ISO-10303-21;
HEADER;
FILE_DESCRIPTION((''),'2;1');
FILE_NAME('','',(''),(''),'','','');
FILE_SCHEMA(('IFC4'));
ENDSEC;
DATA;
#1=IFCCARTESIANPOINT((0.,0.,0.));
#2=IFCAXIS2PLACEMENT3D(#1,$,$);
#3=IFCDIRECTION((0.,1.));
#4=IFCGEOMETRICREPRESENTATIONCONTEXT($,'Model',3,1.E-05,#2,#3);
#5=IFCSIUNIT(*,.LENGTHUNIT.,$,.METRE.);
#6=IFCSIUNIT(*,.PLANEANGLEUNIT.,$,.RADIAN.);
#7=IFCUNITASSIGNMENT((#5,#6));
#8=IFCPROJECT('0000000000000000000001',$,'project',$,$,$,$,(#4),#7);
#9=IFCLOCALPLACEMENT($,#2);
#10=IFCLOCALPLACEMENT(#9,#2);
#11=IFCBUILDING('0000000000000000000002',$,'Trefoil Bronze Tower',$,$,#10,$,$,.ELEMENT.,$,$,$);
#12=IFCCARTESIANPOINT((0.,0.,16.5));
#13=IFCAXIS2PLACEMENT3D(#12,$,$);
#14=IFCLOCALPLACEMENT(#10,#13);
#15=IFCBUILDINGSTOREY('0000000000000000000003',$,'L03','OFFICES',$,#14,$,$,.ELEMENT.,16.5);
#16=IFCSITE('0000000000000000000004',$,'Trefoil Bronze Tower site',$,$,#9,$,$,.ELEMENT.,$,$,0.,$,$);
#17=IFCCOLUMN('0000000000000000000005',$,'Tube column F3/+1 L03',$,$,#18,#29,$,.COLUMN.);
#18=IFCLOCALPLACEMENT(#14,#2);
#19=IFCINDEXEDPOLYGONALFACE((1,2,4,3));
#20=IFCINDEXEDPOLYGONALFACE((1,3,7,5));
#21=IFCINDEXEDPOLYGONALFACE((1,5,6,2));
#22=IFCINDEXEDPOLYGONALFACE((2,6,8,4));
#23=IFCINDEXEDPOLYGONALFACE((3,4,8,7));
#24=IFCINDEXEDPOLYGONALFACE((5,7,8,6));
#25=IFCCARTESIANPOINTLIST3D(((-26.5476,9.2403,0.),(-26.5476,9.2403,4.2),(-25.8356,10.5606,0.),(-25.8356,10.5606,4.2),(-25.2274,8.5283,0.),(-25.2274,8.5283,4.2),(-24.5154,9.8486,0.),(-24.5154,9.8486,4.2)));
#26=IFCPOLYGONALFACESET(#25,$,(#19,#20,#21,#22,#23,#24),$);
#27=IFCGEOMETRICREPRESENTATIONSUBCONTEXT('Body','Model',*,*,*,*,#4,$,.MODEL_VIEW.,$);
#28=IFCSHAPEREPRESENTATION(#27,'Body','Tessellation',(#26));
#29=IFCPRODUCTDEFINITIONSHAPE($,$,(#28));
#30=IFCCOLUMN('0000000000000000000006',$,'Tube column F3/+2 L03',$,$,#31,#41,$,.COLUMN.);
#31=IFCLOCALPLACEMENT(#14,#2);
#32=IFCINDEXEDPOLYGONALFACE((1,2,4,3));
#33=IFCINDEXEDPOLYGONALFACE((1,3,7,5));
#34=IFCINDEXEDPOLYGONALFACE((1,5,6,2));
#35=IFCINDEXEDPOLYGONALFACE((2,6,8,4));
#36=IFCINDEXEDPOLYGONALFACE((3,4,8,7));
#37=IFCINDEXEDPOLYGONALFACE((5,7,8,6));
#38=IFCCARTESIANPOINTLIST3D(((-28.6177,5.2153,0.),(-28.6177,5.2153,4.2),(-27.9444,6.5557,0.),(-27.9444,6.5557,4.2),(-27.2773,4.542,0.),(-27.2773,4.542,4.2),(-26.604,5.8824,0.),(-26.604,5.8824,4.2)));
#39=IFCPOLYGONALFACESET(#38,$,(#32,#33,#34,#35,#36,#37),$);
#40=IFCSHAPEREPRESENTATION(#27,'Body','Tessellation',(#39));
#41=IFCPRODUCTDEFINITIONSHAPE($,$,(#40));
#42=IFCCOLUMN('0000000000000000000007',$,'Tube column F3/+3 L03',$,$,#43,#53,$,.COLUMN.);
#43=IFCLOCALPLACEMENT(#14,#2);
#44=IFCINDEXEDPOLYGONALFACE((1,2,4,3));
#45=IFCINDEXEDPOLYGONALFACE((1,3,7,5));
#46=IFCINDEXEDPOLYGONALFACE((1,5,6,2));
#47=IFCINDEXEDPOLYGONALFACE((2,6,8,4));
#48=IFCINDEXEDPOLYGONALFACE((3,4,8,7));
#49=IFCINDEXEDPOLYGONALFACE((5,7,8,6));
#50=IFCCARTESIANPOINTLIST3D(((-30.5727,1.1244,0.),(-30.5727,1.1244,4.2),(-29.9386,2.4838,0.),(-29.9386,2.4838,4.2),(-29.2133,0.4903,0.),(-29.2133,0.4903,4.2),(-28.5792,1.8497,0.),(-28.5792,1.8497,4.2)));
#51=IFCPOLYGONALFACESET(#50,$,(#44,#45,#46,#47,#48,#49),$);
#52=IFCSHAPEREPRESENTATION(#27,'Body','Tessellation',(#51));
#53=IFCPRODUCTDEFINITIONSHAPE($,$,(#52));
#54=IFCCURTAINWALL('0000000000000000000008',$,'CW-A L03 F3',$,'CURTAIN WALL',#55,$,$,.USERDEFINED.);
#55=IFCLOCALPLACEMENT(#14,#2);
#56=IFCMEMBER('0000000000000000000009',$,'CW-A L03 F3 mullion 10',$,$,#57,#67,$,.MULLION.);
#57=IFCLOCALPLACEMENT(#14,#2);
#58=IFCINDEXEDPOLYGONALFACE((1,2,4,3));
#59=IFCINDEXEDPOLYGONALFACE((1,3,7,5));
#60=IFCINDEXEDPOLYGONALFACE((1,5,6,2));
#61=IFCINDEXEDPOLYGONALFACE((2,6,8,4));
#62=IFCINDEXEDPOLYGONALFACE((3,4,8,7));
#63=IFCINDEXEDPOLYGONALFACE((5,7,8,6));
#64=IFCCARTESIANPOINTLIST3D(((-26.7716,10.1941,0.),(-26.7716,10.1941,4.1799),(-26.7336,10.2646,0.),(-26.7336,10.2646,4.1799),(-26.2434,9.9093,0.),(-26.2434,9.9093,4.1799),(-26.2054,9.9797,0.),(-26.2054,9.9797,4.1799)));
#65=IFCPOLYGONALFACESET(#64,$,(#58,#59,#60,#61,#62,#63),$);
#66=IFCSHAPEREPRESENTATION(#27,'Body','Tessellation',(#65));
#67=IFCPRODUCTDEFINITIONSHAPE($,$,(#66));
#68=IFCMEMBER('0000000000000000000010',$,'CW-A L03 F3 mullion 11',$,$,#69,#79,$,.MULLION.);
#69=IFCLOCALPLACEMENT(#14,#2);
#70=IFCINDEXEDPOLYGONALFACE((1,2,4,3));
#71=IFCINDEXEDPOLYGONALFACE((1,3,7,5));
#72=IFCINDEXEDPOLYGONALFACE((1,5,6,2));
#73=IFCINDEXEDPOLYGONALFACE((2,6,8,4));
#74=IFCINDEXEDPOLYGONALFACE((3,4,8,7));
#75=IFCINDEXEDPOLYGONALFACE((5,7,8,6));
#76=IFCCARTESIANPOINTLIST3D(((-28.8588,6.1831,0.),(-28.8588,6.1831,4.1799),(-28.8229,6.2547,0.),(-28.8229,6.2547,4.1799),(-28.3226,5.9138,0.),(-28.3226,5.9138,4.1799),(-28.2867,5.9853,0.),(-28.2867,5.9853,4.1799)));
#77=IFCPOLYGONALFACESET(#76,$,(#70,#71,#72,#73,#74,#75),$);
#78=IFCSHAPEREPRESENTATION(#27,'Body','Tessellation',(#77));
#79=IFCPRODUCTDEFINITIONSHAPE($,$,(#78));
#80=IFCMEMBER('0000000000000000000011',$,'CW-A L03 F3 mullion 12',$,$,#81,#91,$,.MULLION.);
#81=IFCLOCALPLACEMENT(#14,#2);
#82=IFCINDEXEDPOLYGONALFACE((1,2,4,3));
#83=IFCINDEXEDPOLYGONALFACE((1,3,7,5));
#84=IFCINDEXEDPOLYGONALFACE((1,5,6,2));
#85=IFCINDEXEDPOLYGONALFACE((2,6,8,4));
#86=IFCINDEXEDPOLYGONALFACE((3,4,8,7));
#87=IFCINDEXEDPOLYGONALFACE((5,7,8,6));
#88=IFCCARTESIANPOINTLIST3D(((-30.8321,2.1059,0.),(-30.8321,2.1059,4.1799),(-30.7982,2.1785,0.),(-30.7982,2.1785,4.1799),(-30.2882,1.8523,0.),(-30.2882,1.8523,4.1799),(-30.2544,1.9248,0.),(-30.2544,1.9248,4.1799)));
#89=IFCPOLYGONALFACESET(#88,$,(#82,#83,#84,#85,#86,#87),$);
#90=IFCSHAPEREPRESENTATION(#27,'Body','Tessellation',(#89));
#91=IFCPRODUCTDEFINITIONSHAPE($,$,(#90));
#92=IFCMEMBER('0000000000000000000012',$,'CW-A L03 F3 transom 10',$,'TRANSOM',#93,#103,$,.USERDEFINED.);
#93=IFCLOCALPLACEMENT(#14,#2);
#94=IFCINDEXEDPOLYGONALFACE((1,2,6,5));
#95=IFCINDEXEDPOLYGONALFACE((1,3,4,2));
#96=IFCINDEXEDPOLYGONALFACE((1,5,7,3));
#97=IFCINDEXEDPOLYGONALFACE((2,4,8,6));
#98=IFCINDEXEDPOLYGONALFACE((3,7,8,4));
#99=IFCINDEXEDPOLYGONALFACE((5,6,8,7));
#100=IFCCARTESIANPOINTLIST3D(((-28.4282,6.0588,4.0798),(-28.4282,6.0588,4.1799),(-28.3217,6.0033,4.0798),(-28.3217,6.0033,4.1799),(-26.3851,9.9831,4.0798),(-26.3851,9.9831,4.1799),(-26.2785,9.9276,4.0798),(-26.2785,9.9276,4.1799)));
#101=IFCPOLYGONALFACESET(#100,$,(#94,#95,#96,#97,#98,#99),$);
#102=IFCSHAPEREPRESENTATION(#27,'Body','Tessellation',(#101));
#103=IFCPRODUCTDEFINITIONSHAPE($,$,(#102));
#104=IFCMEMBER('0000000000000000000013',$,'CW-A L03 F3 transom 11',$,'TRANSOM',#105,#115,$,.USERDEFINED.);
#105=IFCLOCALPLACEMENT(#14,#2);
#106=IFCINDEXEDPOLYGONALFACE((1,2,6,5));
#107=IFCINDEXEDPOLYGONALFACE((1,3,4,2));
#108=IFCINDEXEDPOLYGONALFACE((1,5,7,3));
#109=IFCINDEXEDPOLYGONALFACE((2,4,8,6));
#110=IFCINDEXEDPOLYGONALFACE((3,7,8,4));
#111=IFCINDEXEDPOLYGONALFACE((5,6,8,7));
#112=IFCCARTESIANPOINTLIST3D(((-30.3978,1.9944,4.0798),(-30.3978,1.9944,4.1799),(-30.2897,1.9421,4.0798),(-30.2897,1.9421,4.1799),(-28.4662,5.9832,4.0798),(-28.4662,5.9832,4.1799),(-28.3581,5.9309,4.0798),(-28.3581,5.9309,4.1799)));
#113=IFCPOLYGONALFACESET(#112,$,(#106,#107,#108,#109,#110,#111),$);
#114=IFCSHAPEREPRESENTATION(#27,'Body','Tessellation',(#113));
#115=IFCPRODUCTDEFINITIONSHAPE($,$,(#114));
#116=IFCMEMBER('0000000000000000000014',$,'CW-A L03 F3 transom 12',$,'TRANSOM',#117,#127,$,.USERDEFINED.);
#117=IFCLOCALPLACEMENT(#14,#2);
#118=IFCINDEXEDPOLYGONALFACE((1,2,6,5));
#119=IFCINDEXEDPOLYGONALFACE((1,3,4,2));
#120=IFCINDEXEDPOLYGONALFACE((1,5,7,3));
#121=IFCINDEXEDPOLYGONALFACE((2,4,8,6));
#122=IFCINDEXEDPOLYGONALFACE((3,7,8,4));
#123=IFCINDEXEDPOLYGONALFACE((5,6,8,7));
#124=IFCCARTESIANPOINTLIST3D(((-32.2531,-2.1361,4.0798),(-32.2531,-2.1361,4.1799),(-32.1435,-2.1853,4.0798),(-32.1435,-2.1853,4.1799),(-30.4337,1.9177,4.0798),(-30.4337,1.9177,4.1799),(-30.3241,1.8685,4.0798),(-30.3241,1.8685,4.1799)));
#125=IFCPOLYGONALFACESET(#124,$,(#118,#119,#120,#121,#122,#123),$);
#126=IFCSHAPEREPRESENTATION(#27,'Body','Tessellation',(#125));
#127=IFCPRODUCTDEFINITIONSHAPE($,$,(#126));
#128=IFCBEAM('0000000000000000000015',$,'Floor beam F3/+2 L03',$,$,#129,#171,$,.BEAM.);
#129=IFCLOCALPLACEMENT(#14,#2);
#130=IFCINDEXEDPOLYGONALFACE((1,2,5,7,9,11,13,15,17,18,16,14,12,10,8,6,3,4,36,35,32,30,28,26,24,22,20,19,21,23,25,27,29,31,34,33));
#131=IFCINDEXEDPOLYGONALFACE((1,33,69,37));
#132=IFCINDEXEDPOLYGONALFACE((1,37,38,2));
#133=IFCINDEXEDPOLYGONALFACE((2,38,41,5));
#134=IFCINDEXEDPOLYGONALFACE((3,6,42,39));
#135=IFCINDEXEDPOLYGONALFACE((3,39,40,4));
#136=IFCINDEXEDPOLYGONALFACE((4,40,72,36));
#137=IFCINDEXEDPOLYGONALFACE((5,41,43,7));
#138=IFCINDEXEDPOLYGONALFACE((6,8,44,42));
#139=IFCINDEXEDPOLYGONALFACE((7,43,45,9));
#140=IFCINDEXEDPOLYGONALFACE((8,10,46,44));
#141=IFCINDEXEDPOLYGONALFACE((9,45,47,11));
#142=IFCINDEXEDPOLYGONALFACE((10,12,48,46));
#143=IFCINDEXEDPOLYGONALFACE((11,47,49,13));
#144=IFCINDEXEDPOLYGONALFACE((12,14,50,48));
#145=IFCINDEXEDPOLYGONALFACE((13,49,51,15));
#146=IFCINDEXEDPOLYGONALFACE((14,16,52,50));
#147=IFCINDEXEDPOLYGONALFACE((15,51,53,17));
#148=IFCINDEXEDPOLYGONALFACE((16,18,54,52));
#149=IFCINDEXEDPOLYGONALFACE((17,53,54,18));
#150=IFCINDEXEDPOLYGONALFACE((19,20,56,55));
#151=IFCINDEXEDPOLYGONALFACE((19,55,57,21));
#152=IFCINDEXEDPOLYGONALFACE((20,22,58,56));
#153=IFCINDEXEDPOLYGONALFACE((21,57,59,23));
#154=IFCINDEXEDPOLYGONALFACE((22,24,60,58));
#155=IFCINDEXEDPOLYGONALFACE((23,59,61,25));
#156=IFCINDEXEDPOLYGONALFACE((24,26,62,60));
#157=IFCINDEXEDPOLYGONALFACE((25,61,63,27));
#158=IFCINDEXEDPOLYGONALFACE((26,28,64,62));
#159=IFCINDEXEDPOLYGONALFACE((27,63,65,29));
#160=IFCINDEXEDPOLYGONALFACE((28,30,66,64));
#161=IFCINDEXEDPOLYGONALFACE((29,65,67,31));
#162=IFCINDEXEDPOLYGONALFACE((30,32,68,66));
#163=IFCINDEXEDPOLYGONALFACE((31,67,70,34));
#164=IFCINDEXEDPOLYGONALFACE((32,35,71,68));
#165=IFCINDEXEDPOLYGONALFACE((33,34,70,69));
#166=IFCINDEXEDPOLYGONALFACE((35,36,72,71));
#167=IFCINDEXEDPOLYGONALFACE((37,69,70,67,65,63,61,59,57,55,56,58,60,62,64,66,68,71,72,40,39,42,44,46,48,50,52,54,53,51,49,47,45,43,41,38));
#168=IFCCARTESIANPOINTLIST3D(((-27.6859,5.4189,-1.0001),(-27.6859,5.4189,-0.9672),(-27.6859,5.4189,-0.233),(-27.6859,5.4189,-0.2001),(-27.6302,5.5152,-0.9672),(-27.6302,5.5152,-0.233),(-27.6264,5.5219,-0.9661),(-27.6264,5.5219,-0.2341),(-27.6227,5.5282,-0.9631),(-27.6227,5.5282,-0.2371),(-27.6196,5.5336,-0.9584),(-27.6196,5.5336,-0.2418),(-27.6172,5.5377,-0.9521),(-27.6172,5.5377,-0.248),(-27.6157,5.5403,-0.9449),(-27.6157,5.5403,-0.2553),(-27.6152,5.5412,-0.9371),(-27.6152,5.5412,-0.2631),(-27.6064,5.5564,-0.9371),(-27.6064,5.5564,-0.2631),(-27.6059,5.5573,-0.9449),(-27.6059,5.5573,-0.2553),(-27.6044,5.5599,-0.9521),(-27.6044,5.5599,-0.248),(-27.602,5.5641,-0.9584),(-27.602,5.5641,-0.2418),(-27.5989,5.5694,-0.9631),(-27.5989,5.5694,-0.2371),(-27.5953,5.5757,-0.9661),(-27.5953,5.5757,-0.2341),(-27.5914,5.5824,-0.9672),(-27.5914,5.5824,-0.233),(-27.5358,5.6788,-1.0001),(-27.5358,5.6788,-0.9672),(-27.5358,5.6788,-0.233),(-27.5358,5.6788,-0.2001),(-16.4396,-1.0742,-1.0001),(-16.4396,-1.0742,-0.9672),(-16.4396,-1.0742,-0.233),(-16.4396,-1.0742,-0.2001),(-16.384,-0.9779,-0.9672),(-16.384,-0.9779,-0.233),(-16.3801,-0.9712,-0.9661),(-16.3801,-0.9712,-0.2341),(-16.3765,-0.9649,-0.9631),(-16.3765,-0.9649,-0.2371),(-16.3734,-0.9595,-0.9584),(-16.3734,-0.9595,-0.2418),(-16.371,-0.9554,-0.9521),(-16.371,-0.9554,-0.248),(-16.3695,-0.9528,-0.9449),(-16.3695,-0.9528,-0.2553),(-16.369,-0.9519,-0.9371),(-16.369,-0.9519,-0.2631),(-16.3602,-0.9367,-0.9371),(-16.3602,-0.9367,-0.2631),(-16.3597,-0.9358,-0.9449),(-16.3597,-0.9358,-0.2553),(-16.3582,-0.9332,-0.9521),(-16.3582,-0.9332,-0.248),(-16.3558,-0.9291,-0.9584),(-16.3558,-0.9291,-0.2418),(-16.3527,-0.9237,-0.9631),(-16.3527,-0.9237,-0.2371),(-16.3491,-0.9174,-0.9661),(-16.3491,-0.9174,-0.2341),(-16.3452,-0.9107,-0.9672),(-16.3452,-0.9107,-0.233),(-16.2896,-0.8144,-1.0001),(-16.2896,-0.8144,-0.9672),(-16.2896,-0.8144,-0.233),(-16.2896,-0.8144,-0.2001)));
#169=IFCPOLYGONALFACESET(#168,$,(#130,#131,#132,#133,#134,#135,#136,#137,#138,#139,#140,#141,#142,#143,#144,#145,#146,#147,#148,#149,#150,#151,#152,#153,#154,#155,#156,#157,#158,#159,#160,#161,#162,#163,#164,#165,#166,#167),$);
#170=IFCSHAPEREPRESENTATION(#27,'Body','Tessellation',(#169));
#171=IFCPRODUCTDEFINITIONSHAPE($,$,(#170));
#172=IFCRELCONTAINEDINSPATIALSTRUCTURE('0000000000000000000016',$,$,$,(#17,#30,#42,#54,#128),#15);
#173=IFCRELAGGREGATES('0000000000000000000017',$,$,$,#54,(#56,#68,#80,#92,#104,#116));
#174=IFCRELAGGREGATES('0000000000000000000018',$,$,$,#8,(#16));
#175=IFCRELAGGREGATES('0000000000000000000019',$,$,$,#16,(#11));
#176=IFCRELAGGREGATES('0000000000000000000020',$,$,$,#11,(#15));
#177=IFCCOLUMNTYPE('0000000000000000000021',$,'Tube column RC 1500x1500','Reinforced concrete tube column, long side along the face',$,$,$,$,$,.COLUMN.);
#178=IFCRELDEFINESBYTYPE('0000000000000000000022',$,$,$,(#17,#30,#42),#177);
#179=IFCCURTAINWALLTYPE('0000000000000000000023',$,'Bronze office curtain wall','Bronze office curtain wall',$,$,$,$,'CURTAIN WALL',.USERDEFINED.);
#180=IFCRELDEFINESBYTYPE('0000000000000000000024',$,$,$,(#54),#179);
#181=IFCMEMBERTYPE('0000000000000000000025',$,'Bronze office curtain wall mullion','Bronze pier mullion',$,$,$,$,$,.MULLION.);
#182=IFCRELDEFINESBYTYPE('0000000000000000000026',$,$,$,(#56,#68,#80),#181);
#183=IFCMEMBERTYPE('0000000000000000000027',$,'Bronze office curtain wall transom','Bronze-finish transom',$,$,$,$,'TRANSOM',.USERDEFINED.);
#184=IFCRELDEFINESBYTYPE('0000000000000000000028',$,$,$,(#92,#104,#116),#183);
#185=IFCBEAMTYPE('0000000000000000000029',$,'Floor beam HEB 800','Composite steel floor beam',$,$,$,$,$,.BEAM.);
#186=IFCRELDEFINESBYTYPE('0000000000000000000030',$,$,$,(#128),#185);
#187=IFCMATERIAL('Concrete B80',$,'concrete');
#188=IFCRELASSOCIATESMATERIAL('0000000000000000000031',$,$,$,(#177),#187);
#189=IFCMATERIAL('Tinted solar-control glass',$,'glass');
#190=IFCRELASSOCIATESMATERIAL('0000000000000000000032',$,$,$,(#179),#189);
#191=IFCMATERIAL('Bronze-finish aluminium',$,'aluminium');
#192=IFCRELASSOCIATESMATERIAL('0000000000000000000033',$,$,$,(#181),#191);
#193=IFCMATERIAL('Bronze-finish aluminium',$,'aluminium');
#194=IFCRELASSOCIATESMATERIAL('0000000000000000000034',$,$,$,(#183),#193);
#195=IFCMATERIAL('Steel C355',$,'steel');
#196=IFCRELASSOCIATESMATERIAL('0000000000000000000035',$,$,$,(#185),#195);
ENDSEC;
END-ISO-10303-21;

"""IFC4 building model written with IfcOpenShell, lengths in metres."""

from ifc_helpers import new_model, si_unit, direction, frame, origin, origin_2d, place, context, subcontext, project, spatial, rectangle, i_section, extrude, material, material_profile, profile_set, type_object, element, aggregate, save


model = new_model("IFC4")

# Units and contexts
model_context = context("Model", 3, precision=1e-05, world=origin(), true_north=direction((0.0, 1.0)))
body_context = subcontext(model_context, "Body", "Model", "MODEL_VIEW")
ifc_project = project(units=[si_unit("LENGTHUNIT", "METRE"), si_unit("PLANEANGLEUNIT", "RADIAN")], contexts=[model_context])

# Site, building, storey
site_placement = place(None, origin())
site = spatial("IfcSite", under=ifc_project, at=site_placement, Name="Trefoil Bronze Tower site", CompositionType="ELEMENT", RefElevation=0.0)
building_placement = place(site_placement, origin())
building = spatial("IfcBuilding", under=site, at=building_placement, Name="Trefoil Bronze Tower", CompositionType="ELEMENT")
storey_placement = place(building_placement, frame((0.0, 0.0, 16.5)))
storey = spatial("IfcBuildingStorey", under=building, at=storey_placement, Name="L03", Description="OFFICES", CompositionType="ELEMENT", Elevation=16.5)

# Columns
ifc_material_1 = material(Name="Concrete B80", Category="concrete")
ifc_material_profile_1 = material_profile(ifc_material_1, rectangle(XDim=1.5, YDim=1.5, at=origin_2d()), Name="RC 1500x1500")
ifc_profile_set_1 = profile_set([ifc_material_profile_1], Name="Concrete B80")
column_type = type_object("IfcColumnType", Name="Tube column RC 1500x1500", Description="Reinforced concrete tube column, long side along the face", PredefinedType="COLUMN", material=ifc_profile_set_1)
for number, where, z_axis, x_axis, name in (
    (1, (-25.5315, 9.5444, 0.0), (0.0, 0.0, 1.0), (-0.474656, -0.880171, 0.0), "Tube column F3/+1 L03"),
    (2, (-27.6108, 5.5488, 0.0), (0.0, 0.0, 1.0), (-0.44889, -0.893587, 0.0), "Tube column F3/+2 L03"),
    (3, (-29.5759, 1.4871, 0.0), (0.0, 0.0, 1.0), (-0.422701, -0.906269, 0.0), "Tube column F3/+3 L03"),
):
    element("IfcColumn", number, at=place(storey_placement, frame(where, z_axis=z_axis, x_axis=x_axis)), inside=storey, type_object=column_type, Name=name, PredefinedType="COLUMN", context=body_context, shape_type="SweptSolid", body=[
        extrude(rectangle(XDim=1.5, YDim=1.5, at=origin_2d()), origin(), (0.0, 0.0, 1.0), 4.2),
    ])

# Curtain wall, members
ifc_material_2 = material(Name="Tinted solar-control glass", Category="glass")
curtain_wall_type = type_object("IfcCurtainWallType", Name="Bronze office curtain wall", Description="Bronze office curtain wall", ElementType="CURTAIN WALL", PredefinedType="USERDEFINED", material=ifc_material_2)
curtain_wall_placement = place(storey_placement, origin())
curtain_wall = element("IfcCurtainWall", 4, at=curtain_wall_placement, inside=storey, type_object=curtain_wall_type, Name="CW-A L03 F3", ObjectType="CURTAIN WALL", PredefinedType="USERDEFINED")
ifc_material_3 = material(Name="Bronze-finish aluminium", Category="aluminium")
ifc_material_profile_2 = material_profile(ifc_material_3, rectangle(XDim=0.6001, YDim=0.0801, at=origin_2d()), Name="CW-A mullion")
ifc_profile_set_2 = profile_set([ifc_material_profile_2], Name="Bronze-finish aluminium")
member_type_1 = type_object("IfcMemberType", Name="Bronze office curtain wall mullion", Description="Bronze pier mullion", PredefinedType="MULLION", material=ifc_profile_set_2)
member_1_placement = place(storey_placement, frame((-26.4885, 10.0869, 0.0), z_axis=(0.0, 0.0, 1.0), x_axis=(0.880171, -0.474656, 0.0)))
member_1 = element("IfcMember", 5, at=member_1_placement, type_object=member_type_1, Name="CW-A L03 F3 mullion 10", PredefinedType="MULLION", context=body_context, shape_type="SweptSolid", body=[
    extrude(rectangle(XDim=0.6001, YDim=0.0801, at=origin_2d()), origin(), (0.0, 0.0, 1.0), 4.1799),
])
member_2_placement = place(storey_placement, frame((-28.5728, 6.0842, 0.0), z_axis=(0.0, 0.0, 1.0), x_axis=(0.893587, -0.44889, 0.0)))
member_2 = element("IfcMember", 6, at=member_2_placement, type_object=member_type_1, Name="CW-A L03 F3 mullion 11", PredefinedType="MULLION", context=body_context, shape_type="SweptSolid", body=[
    extrude(rectangle(XDim=0.6001, YDim=0.0801, at=origin_2d()), origin(), (0.0, 0.0, 1.0), 4.1799),
])
member_3_placement = place(storey_placement, frame((-30.5432, 2.0154, 0.0), z_axis=(0.0, 0.0, 1.0), x_axis=(0.906269, -0.422701, 0.0)))
member_3 = element("IfcMember", 7, at=member_3_placement, type_object=member_type_1, Name="CW-A L03 F3 mullion 12", PredefinedType="MULLION", context=body_context, shape_type="SweptSolid", body=[
    extrude(rectangle(XDim=0.6001, YDim=0.0801, at=origin_2d()), origin(), (0.0, 0.0, 1.0), 4.1799),
])
ifc_material_4 = material(Name="Bronze-finish aluminium", Category="aluminium")
ifc_material_profile_3 = material_profile(ifc_material_4, rectangle(XDim=0.1201, YDim=0.1001, at=origin_2d()), Name="CW-A transom")
ifc_profile_set_3 = profile_set([ifc_material_profile_3], Name="Bronze-finish aluminium")
member_type_2 = type_object("IfcMemberType", Name="Bronze office curtain wall transom", Description="Bronze-finish transom", ElementType="TRANSOM", PredefinedType="USERDEFINED", material=ifc_profile_set_3)
member_4_placement = place(storey_placement, frame((-26.3318, 9.9553, 4.1299), z_axis=(-0.46181, -0.886979, 0.0), x_axis=(0.886979, -0.46181, 0.0)))
member_4 = element("IfcMember", 8, at=member_4_placement, type_object=member_type_2, Name="CW-A L03 F3 transom 10", ObjectType="TRANSOM", PredefinedType="USERDEFINED", context=body_context, shape_type="SweptSolid", body=[
    extrude(rectangle(XDim=0.1201, YDim=0.1001, at=origin_2d()), origin(), (0.0, 0.0, 1.0), 4.4243),
])
member_5_placement = place(storey_placement, frame((-28.4121, 5.957, 4.1299), z_axis=(-0.435852, -0.900018, 0.0), x_axis=(0.900018, -0.435852, 0.0)))
member_5 = element("IfcMember", 9, at=member_5_placement, type_object=member_type_2, Name="CW-A L03 F3 transom 11", ObjectType="TRANSOM", PredefinedType="USERDEFINED", context=body_context, shape_type="SweptSolid", body=[
    extrude(rectangle(XDim=0.1201, YDim=0.1001, at=origin_2d()), origin(), (0.0, 0.0, 1.0), 4.4319),
])
member_6_placement = place(storey_placement, frame((-30.3789, 1.8931, 4.1299), z_axis=(-0.40946, -0.912328, 0.0), x_axis=(0.912328, -0.40946, 0.0)))
member_6 = element("IfcMember", 10, at=member_6_placement, type_object=member_type_2, Name="CW-A L03 F3 transom 12", ObjectType="TRANSOM", PredefinedType="USERDEFINED", context=body_context, shape_type="SweptSolid", body=[
    extrude(rectangle(XDim=0.1201, YDim=0.1001, at=origin_2d()), origin(), (0.0, 0.0, 1.0), 4.4434),
])

# Beam
ifc_material_5 = material(Name="Steel C355", Category="steel")
ifc_material_profile_4 = material_profile(ifc_material_5, i_section(OverallWidth=0.3, OverallDepth=0.8, WebThickness=0.0176, FlangeThickness=0.033, FilletRadius=0.03, at=origin_2d()), Name="HEB 800")
ifc_profile_set_4 = profile_set([ifc_material_profile_4], Name="Steel C355")
beam_type_1 = type_object("IfcBeamType", Name="Floor beam HEB 800", Description="Composite steel floor beam", PredefinedType="BEAM", material=ifc_profile_set_4)
beam_1_placement = place(storey_placement, frame((-27.6108, 5.5488, -0.6001), z_axis=(0.866022, -0.500005, 0.0), x_axis=(0.500005, 0.866022, 0.0)))
element("IfcBeam", 11, at=beam_1_placement, inside=storey, type_object=beam_type_1, Name="Floor beam F3/+2 L03", PredefinedType="BEAM", context=body_context, shape_type="SweptSolid", body=[
    extrude(i_section(OverallWidth=0.3, OverallDepth=0.8, WebThickness=0.0176, FlangeThickness=0.033, FilletRadius=0.03, at=origin_2d()), origin(), (0.0, 0.0, 1.0), 12.9861),
])

aggregate(curtain_wall, [member_1, member_2, member_3, member_4, member_5, member_6])

save(model, "model.ifc")
